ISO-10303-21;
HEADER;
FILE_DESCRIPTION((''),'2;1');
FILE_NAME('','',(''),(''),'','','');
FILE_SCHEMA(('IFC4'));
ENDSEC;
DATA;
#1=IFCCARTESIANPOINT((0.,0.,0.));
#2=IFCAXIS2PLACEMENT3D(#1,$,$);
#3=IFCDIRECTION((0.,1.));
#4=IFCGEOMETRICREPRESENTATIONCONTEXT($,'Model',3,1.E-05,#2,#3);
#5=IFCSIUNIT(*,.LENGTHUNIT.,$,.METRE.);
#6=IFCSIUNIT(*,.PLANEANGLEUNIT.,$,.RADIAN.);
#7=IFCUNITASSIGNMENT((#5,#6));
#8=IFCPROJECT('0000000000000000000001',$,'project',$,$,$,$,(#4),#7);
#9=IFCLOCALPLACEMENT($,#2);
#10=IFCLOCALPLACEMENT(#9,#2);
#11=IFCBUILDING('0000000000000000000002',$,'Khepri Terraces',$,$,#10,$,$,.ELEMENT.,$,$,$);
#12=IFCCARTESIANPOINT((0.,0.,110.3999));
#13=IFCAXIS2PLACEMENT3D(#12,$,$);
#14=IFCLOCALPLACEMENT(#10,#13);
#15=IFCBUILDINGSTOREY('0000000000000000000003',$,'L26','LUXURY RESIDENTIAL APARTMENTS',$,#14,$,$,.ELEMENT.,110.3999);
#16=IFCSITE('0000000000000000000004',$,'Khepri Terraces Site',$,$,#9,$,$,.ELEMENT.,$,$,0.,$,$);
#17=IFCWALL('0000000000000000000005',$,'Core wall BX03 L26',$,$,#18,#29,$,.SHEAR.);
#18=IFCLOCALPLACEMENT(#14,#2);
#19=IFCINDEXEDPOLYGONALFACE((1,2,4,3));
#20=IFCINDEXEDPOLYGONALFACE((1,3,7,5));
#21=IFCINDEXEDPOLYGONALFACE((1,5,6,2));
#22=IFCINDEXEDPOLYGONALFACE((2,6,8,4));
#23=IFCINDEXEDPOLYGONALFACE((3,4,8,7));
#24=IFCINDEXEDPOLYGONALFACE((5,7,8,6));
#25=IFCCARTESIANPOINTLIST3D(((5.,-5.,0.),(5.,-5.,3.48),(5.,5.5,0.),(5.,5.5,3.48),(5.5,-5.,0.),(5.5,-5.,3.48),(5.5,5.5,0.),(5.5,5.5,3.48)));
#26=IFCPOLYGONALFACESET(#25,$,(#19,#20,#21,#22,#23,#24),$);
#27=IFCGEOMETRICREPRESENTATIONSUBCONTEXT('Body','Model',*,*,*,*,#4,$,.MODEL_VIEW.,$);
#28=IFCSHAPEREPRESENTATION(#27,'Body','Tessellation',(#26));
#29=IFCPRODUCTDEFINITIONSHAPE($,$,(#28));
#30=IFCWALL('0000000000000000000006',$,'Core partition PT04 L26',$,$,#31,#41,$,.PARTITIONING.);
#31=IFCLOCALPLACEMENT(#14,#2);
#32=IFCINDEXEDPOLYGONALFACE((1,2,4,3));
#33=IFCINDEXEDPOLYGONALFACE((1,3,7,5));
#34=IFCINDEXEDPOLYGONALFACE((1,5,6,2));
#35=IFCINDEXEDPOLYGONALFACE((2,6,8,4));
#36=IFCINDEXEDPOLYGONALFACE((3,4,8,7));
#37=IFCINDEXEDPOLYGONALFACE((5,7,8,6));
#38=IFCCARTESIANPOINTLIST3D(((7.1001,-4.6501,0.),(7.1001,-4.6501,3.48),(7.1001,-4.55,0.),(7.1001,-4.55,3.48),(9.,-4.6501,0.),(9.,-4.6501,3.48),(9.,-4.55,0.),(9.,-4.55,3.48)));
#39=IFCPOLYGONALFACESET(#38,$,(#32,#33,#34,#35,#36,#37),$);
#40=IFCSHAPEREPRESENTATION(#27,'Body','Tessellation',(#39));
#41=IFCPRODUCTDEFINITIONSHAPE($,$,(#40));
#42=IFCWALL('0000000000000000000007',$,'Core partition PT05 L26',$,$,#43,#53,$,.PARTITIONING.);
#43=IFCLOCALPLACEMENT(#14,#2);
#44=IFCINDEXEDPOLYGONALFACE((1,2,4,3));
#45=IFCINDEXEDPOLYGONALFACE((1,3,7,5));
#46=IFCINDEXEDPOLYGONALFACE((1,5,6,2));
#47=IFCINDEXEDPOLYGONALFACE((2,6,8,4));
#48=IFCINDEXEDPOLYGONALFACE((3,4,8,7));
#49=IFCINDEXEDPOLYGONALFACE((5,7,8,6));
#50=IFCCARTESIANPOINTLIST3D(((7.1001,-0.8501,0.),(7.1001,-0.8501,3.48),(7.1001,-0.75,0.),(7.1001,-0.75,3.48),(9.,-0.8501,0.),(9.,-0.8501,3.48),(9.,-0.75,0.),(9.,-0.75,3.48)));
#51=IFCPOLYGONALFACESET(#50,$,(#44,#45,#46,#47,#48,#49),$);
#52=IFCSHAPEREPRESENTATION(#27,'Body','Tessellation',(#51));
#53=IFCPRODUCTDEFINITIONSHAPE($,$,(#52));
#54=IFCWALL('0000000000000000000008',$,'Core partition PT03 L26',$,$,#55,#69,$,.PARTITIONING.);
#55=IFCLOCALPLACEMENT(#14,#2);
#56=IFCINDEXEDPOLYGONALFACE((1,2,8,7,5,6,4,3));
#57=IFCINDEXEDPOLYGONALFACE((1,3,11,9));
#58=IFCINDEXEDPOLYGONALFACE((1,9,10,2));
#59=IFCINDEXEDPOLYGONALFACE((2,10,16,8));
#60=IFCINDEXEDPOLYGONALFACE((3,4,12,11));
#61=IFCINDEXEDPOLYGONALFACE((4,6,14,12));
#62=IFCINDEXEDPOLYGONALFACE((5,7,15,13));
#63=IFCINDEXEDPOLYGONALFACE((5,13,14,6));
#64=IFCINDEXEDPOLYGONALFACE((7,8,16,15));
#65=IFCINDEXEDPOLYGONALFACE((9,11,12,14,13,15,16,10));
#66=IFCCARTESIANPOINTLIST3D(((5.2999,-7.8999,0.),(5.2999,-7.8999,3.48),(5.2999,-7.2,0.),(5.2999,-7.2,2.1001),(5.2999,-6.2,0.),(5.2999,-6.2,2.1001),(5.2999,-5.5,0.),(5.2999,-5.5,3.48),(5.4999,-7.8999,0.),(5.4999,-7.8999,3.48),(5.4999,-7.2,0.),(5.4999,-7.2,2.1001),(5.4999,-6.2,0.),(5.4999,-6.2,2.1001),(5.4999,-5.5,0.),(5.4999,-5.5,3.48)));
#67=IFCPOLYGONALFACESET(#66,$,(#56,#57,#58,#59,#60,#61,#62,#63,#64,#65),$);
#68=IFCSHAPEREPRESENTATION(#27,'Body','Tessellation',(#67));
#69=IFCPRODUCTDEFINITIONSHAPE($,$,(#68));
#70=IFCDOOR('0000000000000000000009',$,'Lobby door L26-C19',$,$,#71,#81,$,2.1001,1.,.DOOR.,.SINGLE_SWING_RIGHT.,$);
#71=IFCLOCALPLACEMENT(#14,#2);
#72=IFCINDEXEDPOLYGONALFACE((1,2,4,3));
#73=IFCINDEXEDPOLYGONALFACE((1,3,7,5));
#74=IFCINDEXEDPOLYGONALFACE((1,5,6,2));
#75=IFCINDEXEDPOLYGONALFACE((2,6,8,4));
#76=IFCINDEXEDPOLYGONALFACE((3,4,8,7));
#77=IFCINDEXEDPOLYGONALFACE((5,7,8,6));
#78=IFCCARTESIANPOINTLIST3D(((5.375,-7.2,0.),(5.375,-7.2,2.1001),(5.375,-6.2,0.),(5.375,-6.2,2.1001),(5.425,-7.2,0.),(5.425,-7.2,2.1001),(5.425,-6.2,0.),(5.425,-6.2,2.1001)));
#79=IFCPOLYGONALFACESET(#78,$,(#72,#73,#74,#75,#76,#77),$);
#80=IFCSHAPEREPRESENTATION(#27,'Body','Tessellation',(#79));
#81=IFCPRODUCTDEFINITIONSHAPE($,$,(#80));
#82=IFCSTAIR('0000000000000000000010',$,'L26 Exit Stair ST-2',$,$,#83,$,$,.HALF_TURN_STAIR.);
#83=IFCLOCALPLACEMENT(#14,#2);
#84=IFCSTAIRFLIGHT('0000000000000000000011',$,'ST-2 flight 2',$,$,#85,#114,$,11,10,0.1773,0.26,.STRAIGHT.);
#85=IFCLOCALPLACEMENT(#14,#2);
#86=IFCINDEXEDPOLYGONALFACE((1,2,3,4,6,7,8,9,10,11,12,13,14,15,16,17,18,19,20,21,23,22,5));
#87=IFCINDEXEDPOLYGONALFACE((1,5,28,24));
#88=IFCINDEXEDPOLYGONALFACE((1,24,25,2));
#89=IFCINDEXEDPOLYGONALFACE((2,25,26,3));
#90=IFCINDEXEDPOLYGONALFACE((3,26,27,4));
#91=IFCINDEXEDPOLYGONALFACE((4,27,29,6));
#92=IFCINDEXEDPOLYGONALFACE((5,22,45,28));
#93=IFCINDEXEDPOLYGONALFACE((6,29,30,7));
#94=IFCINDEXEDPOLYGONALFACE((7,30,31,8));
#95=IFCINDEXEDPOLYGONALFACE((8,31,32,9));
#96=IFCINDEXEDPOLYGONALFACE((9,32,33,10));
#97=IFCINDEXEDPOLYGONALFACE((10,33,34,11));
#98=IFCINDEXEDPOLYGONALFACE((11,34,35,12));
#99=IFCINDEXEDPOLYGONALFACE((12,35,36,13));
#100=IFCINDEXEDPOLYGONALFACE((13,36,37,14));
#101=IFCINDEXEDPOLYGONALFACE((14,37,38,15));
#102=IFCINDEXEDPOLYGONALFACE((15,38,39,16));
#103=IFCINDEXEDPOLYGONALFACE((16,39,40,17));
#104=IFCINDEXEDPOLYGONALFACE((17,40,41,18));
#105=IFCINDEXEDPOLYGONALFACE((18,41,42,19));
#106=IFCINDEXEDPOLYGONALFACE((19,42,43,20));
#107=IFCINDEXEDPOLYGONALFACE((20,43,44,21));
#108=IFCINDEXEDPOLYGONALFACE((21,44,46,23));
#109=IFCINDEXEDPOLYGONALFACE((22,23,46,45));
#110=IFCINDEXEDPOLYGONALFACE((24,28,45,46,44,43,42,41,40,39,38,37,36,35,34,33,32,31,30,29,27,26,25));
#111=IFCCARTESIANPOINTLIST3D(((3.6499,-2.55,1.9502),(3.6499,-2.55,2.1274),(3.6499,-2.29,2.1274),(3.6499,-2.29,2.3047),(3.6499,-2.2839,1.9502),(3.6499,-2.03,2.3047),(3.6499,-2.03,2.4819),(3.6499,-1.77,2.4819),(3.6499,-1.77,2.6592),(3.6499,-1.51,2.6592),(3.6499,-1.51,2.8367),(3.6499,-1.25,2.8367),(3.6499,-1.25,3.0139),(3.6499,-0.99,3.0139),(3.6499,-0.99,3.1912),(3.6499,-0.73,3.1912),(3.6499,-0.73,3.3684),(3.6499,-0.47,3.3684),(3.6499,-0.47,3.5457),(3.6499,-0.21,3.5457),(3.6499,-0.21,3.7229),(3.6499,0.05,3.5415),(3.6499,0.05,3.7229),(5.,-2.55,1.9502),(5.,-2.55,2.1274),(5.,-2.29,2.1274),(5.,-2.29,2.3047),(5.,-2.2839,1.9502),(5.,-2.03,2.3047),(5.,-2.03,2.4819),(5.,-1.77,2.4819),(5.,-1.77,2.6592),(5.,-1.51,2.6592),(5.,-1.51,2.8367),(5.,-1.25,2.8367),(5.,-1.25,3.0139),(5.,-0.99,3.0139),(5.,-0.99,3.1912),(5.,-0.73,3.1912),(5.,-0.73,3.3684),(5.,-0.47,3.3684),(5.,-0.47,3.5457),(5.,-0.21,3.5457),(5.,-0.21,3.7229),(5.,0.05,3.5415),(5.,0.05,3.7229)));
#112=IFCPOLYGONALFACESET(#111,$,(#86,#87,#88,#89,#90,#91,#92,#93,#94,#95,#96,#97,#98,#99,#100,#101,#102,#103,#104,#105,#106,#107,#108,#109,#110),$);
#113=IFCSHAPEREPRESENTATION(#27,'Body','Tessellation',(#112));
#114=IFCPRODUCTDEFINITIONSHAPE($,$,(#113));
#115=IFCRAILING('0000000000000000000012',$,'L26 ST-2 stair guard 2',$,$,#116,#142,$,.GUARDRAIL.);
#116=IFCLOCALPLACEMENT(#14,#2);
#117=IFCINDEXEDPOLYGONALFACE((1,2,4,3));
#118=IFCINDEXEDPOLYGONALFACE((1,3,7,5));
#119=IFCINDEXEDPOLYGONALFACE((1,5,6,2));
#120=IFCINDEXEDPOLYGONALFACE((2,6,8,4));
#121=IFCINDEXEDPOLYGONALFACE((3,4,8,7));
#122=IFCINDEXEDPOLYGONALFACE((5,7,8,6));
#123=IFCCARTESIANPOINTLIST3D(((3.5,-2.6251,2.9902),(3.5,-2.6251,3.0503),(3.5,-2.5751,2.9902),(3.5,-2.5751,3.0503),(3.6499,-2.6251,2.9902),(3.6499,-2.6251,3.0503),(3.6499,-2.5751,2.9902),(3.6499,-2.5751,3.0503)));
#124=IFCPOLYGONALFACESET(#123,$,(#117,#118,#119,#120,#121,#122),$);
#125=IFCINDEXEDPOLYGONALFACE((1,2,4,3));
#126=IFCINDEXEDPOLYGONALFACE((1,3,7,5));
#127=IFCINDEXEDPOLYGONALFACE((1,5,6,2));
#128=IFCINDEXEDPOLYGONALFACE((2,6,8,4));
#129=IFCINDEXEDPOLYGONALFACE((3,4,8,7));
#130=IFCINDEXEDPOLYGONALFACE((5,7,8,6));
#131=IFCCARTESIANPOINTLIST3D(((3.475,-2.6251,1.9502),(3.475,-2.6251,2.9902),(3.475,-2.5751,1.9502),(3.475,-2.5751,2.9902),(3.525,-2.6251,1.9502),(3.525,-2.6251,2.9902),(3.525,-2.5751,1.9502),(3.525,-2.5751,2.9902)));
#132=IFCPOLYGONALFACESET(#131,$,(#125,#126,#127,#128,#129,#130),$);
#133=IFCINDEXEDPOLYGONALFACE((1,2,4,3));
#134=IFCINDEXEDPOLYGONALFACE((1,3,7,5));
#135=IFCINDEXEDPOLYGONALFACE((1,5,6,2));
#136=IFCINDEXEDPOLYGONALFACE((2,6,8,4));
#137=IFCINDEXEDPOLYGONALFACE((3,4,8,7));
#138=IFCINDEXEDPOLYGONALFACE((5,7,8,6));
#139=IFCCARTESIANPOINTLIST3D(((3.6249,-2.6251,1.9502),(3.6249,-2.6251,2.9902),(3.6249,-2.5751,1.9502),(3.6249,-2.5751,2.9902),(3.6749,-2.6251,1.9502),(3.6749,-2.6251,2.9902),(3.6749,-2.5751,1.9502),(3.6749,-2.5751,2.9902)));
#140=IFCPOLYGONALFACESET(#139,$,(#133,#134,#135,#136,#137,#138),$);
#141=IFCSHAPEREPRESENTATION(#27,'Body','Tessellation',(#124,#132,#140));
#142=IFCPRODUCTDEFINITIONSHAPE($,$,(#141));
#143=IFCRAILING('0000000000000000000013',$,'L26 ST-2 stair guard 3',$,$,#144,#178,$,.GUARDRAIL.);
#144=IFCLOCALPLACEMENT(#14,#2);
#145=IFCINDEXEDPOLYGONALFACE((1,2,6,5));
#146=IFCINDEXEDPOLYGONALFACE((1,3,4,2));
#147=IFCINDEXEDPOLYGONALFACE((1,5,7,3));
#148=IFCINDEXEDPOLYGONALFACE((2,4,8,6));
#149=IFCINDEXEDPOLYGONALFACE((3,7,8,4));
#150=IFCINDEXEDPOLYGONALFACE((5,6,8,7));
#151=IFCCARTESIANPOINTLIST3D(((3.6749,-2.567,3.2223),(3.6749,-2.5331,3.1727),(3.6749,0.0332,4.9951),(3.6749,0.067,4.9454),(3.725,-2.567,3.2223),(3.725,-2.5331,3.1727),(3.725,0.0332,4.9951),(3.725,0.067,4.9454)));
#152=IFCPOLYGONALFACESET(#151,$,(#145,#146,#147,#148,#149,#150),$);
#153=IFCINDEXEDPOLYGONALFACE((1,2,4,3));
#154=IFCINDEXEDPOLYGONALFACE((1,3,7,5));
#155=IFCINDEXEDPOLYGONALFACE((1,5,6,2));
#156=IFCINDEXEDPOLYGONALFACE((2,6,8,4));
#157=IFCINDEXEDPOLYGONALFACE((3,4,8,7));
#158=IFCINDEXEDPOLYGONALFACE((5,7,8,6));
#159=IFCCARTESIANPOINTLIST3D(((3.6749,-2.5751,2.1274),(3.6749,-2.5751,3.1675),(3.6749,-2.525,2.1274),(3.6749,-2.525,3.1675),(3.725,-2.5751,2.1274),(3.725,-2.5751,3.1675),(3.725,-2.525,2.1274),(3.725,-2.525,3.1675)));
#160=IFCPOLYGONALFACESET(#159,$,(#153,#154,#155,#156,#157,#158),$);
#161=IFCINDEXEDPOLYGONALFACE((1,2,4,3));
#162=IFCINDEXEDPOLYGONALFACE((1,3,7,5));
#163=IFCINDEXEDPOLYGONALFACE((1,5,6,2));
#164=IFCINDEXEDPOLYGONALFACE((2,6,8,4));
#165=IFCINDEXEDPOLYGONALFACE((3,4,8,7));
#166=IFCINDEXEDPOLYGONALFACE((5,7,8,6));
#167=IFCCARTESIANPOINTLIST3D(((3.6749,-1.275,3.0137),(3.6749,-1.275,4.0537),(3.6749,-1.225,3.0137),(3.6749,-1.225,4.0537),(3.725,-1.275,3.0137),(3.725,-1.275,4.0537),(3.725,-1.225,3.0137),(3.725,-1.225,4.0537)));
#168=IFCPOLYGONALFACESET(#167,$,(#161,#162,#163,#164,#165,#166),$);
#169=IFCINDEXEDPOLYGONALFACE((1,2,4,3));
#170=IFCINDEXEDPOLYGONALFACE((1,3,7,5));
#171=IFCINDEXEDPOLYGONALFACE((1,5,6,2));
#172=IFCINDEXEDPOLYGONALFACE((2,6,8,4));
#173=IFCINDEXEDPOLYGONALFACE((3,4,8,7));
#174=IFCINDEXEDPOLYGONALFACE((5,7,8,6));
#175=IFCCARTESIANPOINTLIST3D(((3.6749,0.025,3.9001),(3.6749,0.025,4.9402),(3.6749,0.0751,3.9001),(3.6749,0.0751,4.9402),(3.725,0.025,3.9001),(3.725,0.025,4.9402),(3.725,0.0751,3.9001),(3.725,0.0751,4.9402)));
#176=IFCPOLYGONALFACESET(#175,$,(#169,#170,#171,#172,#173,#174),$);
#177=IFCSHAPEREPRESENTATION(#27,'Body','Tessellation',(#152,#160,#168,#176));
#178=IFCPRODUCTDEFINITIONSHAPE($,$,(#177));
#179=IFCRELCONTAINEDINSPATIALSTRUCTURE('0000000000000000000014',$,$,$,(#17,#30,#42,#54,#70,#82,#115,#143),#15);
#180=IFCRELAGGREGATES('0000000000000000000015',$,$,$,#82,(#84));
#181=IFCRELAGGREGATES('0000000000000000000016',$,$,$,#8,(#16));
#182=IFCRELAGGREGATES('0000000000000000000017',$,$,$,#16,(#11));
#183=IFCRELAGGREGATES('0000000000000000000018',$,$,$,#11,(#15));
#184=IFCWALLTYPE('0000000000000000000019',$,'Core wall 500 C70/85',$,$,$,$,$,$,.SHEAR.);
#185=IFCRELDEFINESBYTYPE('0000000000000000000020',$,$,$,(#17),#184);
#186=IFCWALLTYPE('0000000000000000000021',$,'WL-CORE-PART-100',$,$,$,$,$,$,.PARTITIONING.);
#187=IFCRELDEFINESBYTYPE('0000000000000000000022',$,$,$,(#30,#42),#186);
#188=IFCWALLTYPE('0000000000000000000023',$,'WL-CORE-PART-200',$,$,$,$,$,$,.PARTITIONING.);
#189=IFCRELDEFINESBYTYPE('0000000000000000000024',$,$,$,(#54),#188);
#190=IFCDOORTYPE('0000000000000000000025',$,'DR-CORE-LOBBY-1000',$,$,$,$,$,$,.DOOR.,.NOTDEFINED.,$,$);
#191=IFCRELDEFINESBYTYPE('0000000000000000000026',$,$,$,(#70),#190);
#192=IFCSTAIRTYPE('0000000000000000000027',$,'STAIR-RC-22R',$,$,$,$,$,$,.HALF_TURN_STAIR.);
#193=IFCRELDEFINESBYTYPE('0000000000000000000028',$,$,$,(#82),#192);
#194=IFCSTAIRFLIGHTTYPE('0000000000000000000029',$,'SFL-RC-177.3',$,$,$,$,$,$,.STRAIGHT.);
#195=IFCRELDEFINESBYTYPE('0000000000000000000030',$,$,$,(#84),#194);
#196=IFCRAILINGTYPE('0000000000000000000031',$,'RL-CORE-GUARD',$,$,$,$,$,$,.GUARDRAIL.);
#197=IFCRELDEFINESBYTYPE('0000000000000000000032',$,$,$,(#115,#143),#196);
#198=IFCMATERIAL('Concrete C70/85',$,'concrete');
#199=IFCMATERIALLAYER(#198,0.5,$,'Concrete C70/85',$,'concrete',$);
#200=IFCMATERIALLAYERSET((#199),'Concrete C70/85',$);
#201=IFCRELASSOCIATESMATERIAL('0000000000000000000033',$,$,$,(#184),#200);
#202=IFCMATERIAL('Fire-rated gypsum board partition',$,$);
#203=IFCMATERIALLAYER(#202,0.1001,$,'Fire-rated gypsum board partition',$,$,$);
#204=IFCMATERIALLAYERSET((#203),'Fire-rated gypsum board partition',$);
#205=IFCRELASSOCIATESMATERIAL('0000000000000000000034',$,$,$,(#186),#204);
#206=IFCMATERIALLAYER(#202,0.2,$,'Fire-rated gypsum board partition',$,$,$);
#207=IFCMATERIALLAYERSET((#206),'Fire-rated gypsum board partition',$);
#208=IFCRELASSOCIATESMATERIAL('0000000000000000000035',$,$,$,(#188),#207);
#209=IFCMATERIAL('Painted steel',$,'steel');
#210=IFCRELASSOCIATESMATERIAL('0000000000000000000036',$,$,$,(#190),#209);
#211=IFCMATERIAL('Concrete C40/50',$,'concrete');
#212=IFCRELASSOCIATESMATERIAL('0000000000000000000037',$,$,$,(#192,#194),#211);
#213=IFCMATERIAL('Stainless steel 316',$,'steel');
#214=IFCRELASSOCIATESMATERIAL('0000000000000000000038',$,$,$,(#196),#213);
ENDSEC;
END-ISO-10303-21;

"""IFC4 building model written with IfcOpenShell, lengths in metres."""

from ifc_helpers import new_model, si_unit, direction, frame, frame_2d, origin, origin_2d, place, context, subcontext, project, spatial, polyline, rectangle, outline, extrude, material, layer, layer_set, type_object, element, fill, aggregate, save


model = new_model("IFC4")

# Units and contexts
model_context = context("Model", 3, precision=1e-05, world=origin(), true_north=direction((0.0, 1.0)))
body_context = subcontext(model_context, "Body", "Model", "MODEL_VIEW")
ifc_project = project(units=[si_unit("LENGTHUNIT", "METRE"), si_unit("PLANEANGLEUNIT", "RADIAN")], contexts=[model_context])

# Site, building, storey
site_placement = place(None, origin())
site = spatial("IfcSite", under=ifc_project, at=site_placement, Name="Khepri Terraces Site", CompositionType="ELEMENT", RefElevation=0.0)
building_placement = place(site_placement, origin())
building = spatial("IfcBuilding", under=site, at=building_placement, Name="Khepri Terraces", CompositionType="ELEMENT")
storey_placement = place(building_placement, frame((0.0, 0.0, 110.3999)))
storey = spatial("IfcBuildingStorey", under=building, at=storey_placement, Name="L26", Description="LUXURY RESIDENTIAL APARTMENTS", CompositionType="ELEMENT", Elevation=110.3999)

# Shared definitions
ifc_material_1 = material(Name="Concrete C70/85", Category="concrete")
ifc_material_2 = material(Name="Painted steel", Category="steel")

# Walls
ifc_layer_1 = layer(ifc_material_1, 0.5, Name="Concrete C70/85", Category="concrete")
ifc_layer_set_1 = layer_set([ifc_layer_1], Name="Concrete C70/85")
wall_type_1 = type_object("IfcWallType", Name="Core wall 500 C70/85", PredefinedType="SHEAR", material=ifc_layer_set_1)
wall_1_placement = place(storey_placement, frame((5.25, -5.0, 0.0), z_axis=(0.0, 0.0, 1.0), x_axis=(0.0, 1.0, 0.0)))
element("IfcWall", 1, at=wall_1_placement, inside=storey, type_object=wall_type_1, Name="Core wall BX03 L26", PredefinedType="SHEAR", context=body_context, shape_type="SweptSolid", body=[
    extrude(rectangle(XDim=10.5, YDim=0.5, at=frame_2d((5.25, 0.0))), origin(), (0.0, 0.0, 1.0), 3.48),
])
ifc_material_3 = material(Name="Fire-rated gypsum board partition")
ifc_layer_2 = layer(ifc_material_3, 0.1001, Name="Fire-rated gypsum board partition")
ifc_layer_set_2 = layer_set([ifc_layer_2], Name="Fire-rated gypsum board partition")
wall_type_2 = type_object("IfcWallType", Name="WL-CORE-PART-100", PredefinedType="PARTITIONING", material=ifc_layer_set_2)
for number, where, z_axis, x_axis, name in (
    (2, (7.1001, -4.6001, 0.0), (0.0, 0.0, 1.0), (1.0, 0.0, 0.0), "Core partition PT04 L26"),
    (3, (7.1001, -0.8, 0.0), (0.0, 0.0, 1.0), (1.0, 0.0, 0.0), "Core partition PT05 L26"),
):
    element("IfcWall", number, at=place(storey_placement, frame(where, z_axis=z_axis, x_axis=x_axis)), inside=storey, type_object=wall_type_2, Name=name, PredefinedType="PARTITIONING", context=body_context, shape_type="SweptSolid", body=[
        extrude(rectangle(XDim=1.8999, YDim=0.1001, at=frame_2d((0.95, 0.0))), origin(), (0.0, 0.0, 1.0), 3.48),
    ])

# Wall, opening, door
ifc_layer_3 = layer(ifc_material_3, 0.2, Name="Fire-rated gypsum board partition")
ifc_layer_set_3 = layer_set([ifc_layer_3], Name="Fire-rated gypsum board partition")
wall_type_3 = type_object("IfcWallType", Name="WL-CORE-PART-200", PredefinedType="PARTITIONING", material=ifc_layer_set_3)
wall_2_placement = place(storey_placement, frame((5.3999, -7.8999, 0.0), z_axis=(0.0, 0.0, 1.0), x_axis=(0.0, 1.0, 0.0)))
wall_2 = element("IfcWall", 4, at=wall_2_placement, inside=storey, type_object=wall_type_3, Name="Core partition PT03 L26", PredefinedType="PARTITIONING", context=body_context, shape_type="SweptSolid", body=[
    extrude(rectangle(XDim=2.3999, YDim=0.2, at=frame_2d((1.2, 0.0))), origin(), (0.0, 0.0, 1.0), 3.48),
])
opening_1_placement = place(wall_2_placement, frame((0.7, 0.0, 0.0)))
opening_1 = element("IfcOpeningElement", 5, at=opening_1_placement, cuts=wall_2, PredefinedType="OPENING", context=body_context, shape_type="SweptSolid", body=[
    extrude(rectangle(XDim=1.0, YDim=2.1001, at=frame_2d((0.5, 1.05))), frame((0.0, 0.1099, 0.0), z_axis=(0.0, -1.0, 0.0), x_axis=(1.0, 0.0, 0.0)), (0.0, 0.0, 1.0), 0.22),
])
door_type_1 = type_object("IfcDoorType", Name="DR-CORE-LOBBY-1000", OperationType="NOTDEFINED", PredefinedType="DOOR", material=ifc_material_2)
door_1_placement = place(opening_1_placement, origin())
door_1 = element("IfcDoor", 6, at=door_1_placement, inside=storey, type_object=door_type_1, Name="Lobby door L26-C19", OperationType="SINGLE_SWING_RIGHT", OverallHeight=2.1001, OverallWidth=1.0, PredefinedType="DOOR", context=body_context, shape_type="SweptSolid", body=[
    extrude(rectangle(XDim=1.0, YDim=2.1001, at=frame_2d((0.5, 1.05))), frame((0.0, 0.0249, 0.0), z_axis=(0.0, -1.0, 0.0), x_axis=(1.0, 0.0, 0.0)), (0.0, 0.0, 1.0), 0.05),
])
fill(opening_1, door_1)

# Stair, stair flight
ifc_material_4 = material(Name="Concrete C40/50", Category="concrete")
stair_type = type_object("IfcStairType", Name="STAIR-RC-22R", PredefinedType="HALF_TURN_STAIR", material=ifc_material_4)
stair_placement = place(storey_placement, origin())
stair = element("IfcStair", 7, at=stair_placement, inside=storey, type_object=stair_type, Name="L26 Exit Stair ST-2", PredefinedType="HALF_TURN_STAIR")
stair_flight_type = type_object("IfcStairFlightType", Name="SFL-RC-177.3", PredefinedType="STRAIGHT", material=ifc_material_4)
stair_flight_placement = place(storey_placement, frame((4.325, -2.55, 1.9502), z_axis=(0.0, 0.0, 1.0), x_axis=(0.0, 1.0, 0.0)))
stair_flight = element("IfcStairFlight", 8, at=stair_flight_placement, type_object=stair_flight_type, Name="ST-2 flight 2", NumberOfRisers=11, NumberOfTreads=10, PredefinedType="STRAIGHT", RiserHeight=0.1773, TreadLength=0.26, context=body_context, shape_type="SweptSolid", body=[
    extrude(outline(polyline([(0.0, 0.0), (0.0, 0.1772), (0.26, 0.1772), (0.26, 0.3545), (0.52, 0.3545), (0.52, 0.5317), (0.78, 0.5317), (0.78, 0.709), (1.04, 0.709), (1.04, 0.8865), (1.3, 0.8865), (1.3, 1.0637), (1.5601, 1.0637), (1.5601, 1.241), (1.8201, 1.241), (1.8201, 1.4182), (2.0801, 1.4182), (2.0801, 1.5955), (2.3401, 1.5955), (2.3401, 1.7727), (2.6001, 1.7727), (2.6001, 1.95), (2.6001, 1.5913), (0.2661, 0.0), (0.0, 0.0)])), frame((0.0, 0.675, 0.0), z_axis=(0.0, -1.0, 0.0), x_axis=(1.0, 0.0, 0.0)), (0.0, 0.0, 1.0), 1.3501),
])
aggregate(stair, [stair_flight])

# Railings
ifc_material_5 = material(Name="Stainless steel 316", Category="steel")
railing_type_1 = type_object("IfcRailingType", Name="RL-CORE-GUARD", PredefinedType="GUARDRAIL", material=ifc_material_5)
railing_1_placement = place(storey_placement, frame((3.5, -2.6001, 1.9502)))
element("IfcRailing", 9, at=railing_1_placement, inside=storey, type_object=railing_type_1, Name="L26 ST-2 stair guard 2", PredefinedType="GUARDRAIL", context=body_context, shape_type="SweptSolid", body=[
    extrude(rectangle(XDim=0.05, YDim=0.0601, at=origin_2d()), frame((0.0, 0.0, 1.0701), z_axis=(1.0, 0.0, 0.0), x_axis=(0.0, 1.0, 0.0)), (0.0, 0.0, 1.0), 0.1499),
    extrude(rectangle(XDim=0.05, YDim=0.05, at=origin_2d()), origin(), (0.0, 0.0, 1.0), 1.04),
    extrude(rectangle(XDim=0.05, YDim=0.05, at=origin_2d()), frame((0.1499, 0.0, 0.0)), (0.0, 0.0, 1.0), 1.04),
])
railing_2_placement = place(storey_placement, frame((3.7, -2.55, 2.1274)))
element("IfcRailing", 10, at=railing_2_placement, inside=storey, type_object=railing_type_1, Name="L26 ST-2 stair guard 3", PredefinedType="GUARDRAIL", context=body_context, shape_type="SweptSolid", body=[
    extrude(rectangle(XDim=0.05, YDim=0.0601, at=origin_2d()), frame((0.0, 0.0, 1.0701), z_axis=(0.0, 0.82624, 0.563318), x_axis=(-1.0, 0.0, 0.0)), (0.0, 0.0, 1.0), 3.147),
    extrude(rectangle(XDim=0.05, YDim=0.05, at=origin_2d()), origin(), (0.0, 0.0, 1.0), 1.04),
    extrude(rectangle(XDim=0.05, YDim=0.05, at=origin_2d()), frame((0.0, 1.3, 0.8862)), (0.0, 0.0, 1.0), 1.04),
    extrude(rectangle(XDim=0.05, YDim=0.05, at=origin_2d()), frame((0.0, 2.6001, 1.7727)), (0.0, 0.0, 1.0), 1.04),
])

save(model, "model.ifc")
